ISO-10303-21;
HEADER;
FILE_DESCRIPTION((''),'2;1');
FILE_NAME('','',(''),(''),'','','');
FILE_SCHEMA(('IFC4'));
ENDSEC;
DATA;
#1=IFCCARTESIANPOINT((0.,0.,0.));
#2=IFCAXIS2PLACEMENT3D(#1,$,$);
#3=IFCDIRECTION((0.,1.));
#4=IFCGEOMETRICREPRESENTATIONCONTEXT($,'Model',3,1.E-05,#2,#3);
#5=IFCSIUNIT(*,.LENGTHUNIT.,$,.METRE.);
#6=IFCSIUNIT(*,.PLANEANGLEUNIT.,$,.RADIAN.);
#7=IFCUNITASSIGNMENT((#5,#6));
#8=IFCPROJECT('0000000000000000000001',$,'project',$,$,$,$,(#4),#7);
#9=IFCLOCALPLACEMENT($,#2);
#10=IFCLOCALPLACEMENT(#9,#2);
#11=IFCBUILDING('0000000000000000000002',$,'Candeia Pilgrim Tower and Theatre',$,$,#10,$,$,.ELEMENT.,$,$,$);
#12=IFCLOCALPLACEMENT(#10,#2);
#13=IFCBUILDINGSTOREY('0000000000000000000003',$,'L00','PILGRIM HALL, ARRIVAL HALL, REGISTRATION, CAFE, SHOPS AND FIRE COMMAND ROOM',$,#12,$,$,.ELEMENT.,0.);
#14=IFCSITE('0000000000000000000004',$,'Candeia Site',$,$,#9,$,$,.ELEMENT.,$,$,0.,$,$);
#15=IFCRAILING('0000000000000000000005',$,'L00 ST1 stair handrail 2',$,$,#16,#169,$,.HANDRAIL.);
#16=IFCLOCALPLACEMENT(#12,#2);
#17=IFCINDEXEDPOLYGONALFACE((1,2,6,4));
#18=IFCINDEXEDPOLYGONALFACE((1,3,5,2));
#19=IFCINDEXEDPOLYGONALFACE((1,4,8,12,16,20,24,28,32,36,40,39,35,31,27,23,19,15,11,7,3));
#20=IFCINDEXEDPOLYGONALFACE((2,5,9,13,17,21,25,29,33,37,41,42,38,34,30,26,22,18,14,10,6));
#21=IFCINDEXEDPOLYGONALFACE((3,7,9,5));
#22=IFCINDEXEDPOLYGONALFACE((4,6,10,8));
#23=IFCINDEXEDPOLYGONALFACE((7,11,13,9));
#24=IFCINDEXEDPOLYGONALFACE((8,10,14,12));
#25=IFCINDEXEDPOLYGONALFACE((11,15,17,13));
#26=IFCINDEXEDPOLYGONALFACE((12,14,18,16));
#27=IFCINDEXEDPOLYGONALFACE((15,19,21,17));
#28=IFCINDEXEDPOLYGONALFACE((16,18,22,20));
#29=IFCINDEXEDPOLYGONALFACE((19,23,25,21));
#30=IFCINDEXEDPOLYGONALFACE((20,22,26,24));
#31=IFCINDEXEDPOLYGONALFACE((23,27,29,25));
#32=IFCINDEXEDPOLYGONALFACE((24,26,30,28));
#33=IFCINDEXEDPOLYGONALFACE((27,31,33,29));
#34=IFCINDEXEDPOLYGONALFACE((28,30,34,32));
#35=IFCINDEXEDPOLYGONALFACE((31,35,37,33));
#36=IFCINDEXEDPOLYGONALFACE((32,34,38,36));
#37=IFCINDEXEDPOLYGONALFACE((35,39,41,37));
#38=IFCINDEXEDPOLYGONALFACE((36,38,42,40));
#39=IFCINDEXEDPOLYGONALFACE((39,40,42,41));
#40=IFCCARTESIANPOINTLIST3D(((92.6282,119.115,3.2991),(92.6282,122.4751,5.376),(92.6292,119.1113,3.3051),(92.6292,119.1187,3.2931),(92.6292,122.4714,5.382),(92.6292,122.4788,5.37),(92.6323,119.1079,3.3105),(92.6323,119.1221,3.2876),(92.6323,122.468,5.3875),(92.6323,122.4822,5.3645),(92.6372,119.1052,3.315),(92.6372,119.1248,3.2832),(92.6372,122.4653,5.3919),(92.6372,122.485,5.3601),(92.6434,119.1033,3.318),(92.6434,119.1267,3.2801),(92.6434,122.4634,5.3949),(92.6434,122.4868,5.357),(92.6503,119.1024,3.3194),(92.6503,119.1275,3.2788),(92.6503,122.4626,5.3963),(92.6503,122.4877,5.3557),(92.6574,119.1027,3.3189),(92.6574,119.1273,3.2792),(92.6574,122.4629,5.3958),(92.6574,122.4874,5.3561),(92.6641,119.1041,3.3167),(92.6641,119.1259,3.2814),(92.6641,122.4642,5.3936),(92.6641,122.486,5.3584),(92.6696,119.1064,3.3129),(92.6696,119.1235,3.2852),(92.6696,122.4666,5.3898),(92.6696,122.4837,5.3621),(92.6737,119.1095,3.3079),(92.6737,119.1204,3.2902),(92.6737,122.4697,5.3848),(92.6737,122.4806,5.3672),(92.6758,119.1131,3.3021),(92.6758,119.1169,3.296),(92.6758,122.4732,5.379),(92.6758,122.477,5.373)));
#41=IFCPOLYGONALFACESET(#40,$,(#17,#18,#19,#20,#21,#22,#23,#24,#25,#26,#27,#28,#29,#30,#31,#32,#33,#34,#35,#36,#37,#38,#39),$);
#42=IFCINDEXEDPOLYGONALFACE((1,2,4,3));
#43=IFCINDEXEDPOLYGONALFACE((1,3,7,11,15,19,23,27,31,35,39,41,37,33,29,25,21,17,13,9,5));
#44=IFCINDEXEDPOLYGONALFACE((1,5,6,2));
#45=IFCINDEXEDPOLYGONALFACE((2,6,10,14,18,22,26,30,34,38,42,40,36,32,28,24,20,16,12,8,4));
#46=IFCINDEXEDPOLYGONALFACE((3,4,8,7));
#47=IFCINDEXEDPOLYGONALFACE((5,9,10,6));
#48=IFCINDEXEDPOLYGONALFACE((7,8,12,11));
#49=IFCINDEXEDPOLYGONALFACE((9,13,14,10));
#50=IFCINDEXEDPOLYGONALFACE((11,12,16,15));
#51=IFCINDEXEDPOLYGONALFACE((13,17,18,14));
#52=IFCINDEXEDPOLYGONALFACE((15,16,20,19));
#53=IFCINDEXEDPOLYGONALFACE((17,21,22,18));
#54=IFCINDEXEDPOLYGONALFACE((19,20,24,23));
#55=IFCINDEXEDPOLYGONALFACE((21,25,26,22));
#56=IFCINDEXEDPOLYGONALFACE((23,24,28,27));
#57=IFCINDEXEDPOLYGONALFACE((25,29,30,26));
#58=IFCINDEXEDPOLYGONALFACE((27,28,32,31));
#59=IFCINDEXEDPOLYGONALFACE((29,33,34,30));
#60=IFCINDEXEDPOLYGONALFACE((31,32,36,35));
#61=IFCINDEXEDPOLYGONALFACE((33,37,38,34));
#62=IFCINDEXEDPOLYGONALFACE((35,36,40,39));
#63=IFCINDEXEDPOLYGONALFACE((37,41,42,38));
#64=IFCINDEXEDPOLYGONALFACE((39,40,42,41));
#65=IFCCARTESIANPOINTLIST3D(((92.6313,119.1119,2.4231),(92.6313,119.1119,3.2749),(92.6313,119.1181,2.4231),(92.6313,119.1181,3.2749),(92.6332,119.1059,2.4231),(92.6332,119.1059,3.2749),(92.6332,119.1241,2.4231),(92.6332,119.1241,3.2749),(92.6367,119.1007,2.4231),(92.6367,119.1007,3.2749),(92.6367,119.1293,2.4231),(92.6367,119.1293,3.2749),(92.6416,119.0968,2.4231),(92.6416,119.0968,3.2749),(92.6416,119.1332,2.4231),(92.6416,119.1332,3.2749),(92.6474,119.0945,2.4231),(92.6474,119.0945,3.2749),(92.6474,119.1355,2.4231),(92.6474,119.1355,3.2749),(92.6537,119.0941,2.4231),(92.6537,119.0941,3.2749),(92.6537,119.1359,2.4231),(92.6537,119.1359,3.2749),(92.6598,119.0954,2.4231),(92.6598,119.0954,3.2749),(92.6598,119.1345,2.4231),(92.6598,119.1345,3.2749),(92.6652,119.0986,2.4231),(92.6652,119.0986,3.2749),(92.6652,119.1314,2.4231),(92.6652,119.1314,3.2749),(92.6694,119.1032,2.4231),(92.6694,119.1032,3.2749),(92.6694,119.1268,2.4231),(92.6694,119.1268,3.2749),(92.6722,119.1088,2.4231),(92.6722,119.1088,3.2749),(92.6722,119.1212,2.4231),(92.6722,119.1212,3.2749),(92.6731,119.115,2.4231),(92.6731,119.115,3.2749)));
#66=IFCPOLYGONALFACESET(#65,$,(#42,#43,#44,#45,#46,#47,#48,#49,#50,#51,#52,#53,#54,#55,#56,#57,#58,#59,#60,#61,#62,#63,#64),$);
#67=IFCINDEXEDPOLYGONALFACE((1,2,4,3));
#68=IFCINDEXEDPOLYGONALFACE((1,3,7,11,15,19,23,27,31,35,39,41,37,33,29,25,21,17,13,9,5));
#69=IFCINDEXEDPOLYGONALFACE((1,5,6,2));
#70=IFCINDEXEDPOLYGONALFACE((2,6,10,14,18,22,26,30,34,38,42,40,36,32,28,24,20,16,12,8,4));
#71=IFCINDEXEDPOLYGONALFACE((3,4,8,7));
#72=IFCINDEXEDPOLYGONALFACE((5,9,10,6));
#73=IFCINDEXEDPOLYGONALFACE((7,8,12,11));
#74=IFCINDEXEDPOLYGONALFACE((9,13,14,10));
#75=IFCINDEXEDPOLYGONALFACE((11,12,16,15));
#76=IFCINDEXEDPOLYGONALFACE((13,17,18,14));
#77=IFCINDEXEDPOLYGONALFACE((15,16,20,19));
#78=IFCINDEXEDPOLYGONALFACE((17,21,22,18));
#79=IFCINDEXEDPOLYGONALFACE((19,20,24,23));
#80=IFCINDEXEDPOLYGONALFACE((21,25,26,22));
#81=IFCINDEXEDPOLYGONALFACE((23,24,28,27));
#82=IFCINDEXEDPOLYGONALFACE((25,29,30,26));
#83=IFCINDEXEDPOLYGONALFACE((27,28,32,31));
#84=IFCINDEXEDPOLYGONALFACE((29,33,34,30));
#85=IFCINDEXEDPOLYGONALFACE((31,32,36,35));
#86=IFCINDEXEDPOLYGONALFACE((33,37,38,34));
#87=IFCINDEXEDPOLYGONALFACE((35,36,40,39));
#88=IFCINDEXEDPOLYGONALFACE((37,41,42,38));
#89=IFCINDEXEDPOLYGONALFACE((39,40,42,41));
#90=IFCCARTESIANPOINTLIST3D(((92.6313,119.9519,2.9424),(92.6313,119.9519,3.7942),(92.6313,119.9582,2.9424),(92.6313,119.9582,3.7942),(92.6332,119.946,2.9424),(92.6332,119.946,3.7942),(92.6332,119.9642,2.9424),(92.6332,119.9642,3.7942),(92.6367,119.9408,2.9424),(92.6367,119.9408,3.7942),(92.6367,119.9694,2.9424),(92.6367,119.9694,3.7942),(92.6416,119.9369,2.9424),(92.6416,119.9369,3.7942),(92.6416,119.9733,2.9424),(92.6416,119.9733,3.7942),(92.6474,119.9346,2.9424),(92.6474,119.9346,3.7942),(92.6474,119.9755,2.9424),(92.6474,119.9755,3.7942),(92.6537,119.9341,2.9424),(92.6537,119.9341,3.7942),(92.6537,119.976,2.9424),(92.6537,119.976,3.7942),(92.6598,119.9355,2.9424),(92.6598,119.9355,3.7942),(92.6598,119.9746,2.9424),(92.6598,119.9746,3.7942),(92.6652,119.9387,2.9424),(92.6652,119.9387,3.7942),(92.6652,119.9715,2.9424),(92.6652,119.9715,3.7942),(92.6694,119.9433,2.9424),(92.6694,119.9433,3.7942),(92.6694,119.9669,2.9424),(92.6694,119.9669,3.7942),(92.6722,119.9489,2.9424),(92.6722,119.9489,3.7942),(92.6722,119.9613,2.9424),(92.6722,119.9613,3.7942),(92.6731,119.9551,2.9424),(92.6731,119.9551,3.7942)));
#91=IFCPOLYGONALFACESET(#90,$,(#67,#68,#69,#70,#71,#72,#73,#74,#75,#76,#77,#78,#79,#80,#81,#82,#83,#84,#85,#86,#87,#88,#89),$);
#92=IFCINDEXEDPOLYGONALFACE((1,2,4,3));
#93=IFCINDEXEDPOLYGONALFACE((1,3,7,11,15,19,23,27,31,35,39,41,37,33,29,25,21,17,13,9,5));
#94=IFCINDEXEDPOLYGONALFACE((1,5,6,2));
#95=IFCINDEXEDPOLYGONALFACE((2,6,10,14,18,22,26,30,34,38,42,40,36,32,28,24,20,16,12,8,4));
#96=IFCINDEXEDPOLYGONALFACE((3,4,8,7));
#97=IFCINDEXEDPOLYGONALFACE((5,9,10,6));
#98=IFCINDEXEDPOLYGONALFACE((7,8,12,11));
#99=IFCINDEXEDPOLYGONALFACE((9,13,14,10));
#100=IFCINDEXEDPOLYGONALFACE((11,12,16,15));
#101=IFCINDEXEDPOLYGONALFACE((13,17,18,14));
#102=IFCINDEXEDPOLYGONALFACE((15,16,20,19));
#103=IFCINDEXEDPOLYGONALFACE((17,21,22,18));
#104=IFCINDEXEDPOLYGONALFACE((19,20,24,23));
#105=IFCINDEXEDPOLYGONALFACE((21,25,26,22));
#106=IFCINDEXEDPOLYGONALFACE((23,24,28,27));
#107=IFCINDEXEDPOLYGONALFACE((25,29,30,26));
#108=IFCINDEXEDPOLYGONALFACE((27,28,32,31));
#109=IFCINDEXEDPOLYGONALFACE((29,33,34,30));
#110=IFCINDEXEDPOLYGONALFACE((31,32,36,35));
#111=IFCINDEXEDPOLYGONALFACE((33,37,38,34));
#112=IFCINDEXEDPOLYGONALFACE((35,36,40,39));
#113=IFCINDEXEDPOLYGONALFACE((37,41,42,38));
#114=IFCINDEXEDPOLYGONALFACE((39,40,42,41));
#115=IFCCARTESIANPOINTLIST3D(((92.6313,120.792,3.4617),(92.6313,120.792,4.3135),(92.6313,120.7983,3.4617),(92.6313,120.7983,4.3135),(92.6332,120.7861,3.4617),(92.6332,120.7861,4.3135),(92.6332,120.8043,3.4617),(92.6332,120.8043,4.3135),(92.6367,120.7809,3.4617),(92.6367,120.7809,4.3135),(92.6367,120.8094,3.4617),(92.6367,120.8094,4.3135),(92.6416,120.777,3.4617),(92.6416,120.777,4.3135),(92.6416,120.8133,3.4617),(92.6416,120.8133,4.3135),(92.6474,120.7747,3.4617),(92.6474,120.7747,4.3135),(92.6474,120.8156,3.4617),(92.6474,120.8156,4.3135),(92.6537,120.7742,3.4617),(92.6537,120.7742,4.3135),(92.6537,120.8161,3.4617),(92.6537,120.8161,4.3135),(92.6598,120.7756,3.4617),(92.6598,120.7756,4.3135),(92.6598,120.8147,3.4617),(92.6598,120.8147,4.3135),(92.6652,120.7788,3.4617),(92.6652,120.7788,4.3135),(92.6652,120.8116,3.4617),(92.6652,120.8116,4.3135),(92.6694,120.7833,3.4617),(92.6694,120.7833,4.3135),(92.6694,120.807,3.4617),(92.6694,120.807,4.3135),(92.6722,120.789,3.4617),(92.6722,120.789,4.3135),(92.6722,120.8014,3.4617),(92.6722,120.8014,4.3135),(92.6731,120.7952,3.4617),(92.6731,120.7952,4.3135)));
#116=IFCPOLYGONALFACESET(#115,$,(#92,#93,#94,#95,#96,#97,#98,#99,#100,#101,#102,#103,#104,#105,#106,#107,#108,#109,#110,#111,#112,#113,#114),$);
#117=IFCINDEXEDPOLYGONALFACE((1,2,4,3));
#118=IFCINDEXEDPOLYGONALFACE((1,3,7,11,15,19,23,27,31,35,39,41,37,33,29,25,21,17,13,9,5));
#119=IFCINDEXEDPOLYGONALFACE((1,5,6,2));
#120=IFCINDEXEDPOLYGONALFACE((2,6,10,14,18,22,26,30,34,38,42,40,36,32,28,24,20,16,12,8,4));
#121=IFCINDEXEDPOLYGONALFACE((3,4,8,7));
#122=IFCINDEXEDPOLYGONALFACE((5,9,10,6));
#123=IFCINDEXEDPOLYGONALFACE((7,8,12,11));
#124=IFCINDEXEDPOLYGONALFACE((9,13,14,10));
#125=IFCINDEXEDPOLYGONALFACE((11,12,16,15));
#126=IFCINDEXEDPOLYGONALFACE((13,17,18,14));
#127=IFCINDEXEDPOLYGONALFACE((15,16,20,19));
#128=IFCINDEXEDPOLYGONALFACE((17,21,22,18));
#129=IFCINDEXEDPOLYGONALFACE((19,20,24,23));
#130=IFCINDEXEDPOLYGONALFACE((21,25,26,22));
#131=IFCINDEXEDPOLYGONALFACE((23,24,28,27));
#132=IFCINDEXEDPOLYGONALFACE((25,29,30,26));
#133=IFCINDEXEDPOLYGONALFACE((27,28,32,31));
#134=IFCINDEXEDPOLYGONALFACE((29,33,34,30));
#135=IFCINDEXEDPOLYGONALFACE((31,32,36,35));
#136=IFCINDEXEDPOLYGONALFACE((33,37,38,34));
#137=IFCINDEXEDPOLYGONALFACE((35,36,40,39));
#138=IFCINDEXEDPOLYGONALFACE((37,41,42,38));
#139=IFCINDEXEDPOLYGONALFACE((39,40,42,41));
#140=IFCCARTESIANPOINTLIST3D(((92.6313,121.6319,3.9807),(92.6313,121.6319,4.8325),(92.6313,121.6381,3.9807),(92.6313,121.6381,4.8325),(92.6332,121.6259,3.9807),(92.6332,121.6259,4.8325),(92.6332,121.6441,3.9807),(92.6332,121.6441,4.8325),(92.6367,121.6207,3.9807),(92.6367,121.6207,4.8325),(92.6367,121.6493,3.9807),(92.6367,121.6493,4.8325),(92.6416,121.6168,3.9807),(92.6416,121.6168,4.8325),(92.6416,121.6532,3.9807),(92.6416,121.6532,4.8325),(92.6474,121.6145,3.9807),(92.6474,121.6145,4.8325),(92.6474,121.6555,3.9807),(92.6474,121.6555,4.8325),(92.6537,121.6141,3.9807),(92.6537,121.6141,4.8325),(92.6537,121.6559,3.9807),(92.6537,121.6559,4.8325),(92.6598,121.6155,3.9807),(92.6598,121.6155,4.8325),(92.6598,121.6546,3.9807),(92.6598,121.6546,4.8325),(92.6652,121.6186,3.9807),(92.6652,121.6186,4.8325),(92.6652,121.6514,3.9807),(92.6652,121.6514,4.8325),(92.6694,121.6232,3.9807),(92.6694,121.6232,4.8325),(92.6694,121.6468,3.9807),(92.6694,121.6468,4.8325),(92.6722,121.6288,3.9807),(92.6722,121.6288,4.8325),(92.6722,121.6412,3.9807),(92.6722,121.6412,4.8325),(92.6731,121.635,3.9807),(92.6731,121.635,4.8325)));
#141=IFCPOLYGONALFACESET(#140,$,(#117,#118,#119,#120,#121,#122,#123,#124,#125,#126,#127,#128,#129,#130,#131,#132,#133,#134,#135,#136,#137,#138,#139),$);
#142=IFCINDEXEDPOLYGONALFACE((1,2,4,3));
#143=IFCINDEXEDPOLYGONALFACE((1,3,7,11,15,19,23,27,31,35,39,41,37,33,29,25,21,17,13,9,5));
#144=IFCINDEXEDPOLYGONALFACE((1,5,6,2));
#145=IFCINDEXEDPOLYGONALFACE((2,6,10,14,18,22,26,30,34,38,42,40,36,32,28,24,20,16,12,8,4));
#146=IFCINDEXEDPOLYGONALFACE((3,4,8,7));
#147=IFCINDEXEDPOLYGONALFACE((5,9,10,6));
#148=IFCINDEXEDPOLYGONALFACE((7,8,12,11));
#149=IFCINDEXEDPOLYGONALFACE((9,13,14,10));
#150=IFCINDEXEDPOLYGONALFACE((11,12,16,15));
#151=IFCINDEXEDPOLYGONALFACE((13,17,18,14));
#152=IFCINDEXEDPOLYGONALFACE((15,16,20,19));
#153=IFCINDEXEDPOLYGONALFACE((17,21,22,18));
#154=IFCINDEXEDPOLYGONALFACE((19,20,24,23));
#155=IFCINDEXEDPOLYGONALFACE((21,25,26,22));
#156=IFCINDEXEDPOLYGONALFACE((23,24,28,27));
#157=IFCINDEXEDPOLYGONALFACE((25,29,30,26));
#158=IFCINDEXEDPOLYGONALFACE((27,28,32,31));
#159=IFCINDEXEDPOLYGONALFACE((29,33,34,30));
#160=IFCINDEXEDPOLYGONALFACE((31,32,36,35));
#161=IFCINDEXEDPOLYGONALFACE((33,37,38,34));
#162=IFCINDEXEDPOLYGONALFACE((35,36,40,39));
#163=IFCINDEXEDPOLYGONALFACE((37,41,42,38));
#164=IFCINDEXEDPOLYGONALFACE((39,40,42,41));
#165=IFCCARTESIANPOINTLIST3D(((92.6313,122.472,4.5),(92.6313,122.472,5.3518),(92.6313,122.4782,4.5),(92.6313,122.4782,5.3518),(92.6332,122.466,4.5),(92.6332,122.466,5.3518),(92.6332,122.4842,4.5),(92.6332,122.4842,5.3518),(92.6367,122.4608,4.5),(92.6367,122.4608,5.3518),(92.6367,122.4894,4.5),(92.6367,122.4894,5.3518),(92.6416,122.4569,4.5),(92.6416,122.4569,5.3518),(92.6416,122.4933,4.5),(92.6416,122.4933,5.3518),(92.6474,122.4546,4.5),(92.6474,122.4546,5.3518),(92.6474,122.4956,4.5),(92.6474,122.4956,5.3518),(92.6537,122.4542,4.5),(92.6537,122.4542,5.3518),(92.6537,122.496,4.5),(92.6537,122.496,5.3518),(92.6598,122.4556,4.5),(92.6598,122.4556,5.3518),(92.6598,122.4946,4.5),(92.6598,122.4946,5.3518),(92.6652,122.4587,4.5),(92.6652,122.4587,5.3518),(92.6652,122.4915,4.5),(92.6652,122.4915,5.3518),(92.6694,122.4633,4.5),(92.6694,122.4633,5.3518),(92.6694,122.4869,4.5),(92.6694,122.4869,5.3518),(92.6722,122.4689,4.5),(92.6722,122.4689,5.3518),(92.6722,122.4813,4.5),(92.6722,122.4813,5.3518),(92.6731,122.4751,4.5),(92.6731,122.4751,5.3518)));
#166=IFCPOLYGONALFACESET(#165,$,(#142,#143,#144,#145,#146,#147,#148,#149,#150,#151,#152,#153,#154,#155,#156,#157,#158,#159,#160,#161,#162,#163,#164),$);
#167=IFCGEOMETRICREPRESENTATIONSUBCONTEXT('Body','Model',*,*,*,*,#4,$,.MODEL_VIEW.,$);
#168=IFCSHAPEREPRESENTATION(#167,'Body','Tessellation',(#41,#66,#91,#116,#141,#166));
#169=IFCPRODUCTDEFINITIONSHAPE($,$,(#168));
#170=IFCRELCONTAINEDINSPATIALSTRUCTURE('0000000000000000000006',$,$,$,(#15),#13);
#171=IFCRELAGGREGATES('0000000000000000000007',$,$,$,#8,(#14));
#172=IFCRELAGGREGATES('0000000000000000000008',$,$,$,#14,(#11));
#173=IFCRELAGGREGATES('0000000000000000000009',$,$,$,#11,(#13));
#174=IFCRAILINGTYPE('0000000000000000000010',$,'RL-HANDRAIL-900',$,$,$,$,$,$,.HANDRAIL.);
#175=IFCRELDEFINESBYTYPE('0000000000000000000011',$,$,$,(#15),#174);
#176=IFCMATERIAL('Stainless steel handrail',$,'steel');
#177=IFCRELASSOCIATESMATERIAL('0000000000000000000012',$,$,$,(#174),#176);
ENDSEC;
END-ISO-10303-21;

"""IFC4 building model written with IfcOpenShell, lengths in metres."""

from ifc_helpers import new_model, si_unit, direction, frame, origin, origin_2d, place, context, subcontext, project, spatial, circle, extrude, material, type_object, element, save


model = new_model("IFC4")

# Units and contexts
model_context = context("Model", 3, precision=1e-05, world=origin(), true_north=direction((0.0, 1.0)))
body_context = subcontext(model_context, "Body", "Model", "MODEL_VIEW")
ifc_project = project(units=[si_unit("LENGTHUNIT", "METRE"), si_unit("PLANEANGLEUNIT", "RADIAN")], contexts=[model_context])

# Site, building, storey
site_placement = place(None, origin())
site = spatial("IfcSite", under=ifc_project, at=site_placement, Name="Candeia Site", CompositionType="ELEMENT", RefElevation=0.0)
building_placement = place(site_placement, origin())
building = spatial("IfcBuilding", under=site, at=building_placement, Name="Candeia Pilgrim Tower and Theatre", CompositionType="ELEMENT")
storey_placement = place(building_placement, origin())
storey = spatial("IfcBuildingStorey", under=building, at=storey_placement, Name="L00", Description="PILGRIM HALL, ARRIVAL HALL, REGISTRATION, CAFE, SHOPS AND FIRE COMMAND ROOM", CompositionType="ELEMENT", Elevation=0.0)

# Railing
ifc_material_1 = material(Name="Stainless steel handrail", Category="steel")
railing_type_1 = type_object("IfcRailingType", Name="RL-HANDRAIL-900", PredefinedType="HANDRAIL", material=ifc_material_1)
railing_1_placement = place(storey_placement, frame((92.6521, 119.115, 2.4231)))
element("IfcRailing", 1, at=railing_1_placement, inside=storey, type_object=railing_type_1, Name="L00 ST1 stair handrail 2", PredefinedType="HANDRAIL", context=body_context, shape_type="SweptSolid", body=[
    extrude(circle(Radius=0.0239, at=origin_2d()), frame((0.0, 0.0, 0.876), z_axis=(0.0, 0.850623, 0.525776), x_axis=(-1.0, 0.0, 0.0)), (0.0, 0.0, 1.0), 3.9502),
    extrude(circle(Radius=0.021, at=origin_2d()), origin(), (0.0, 0.0, 1.0), 0.8518),
    extrude(circle(Radius=0.021, at=origin_2d()), frame((0.0, 0.8401, 0.5193)), (0.0, 0.0, 1.0), 0.8518),
    extrude(circle(Radius=0.021, at=origin_2d()), frame((0.0, 1.6802, 1.0386)), (0.0, 0.0, 1.0), 0.8518),
    extrude(circle(Radius=0.021, at=origin_2d()), frame((0.0, 2.52, 1.5576)), (0.0, 0.0, 1.0), 0.8518),
    extrude(circle(Radius=0.021, at=origin_2d()), frame((0.0, 3.3601, 2.0769)), (0.0, 0.0, 1.0), 0.8518),
])

save(model, "model.ifc")
